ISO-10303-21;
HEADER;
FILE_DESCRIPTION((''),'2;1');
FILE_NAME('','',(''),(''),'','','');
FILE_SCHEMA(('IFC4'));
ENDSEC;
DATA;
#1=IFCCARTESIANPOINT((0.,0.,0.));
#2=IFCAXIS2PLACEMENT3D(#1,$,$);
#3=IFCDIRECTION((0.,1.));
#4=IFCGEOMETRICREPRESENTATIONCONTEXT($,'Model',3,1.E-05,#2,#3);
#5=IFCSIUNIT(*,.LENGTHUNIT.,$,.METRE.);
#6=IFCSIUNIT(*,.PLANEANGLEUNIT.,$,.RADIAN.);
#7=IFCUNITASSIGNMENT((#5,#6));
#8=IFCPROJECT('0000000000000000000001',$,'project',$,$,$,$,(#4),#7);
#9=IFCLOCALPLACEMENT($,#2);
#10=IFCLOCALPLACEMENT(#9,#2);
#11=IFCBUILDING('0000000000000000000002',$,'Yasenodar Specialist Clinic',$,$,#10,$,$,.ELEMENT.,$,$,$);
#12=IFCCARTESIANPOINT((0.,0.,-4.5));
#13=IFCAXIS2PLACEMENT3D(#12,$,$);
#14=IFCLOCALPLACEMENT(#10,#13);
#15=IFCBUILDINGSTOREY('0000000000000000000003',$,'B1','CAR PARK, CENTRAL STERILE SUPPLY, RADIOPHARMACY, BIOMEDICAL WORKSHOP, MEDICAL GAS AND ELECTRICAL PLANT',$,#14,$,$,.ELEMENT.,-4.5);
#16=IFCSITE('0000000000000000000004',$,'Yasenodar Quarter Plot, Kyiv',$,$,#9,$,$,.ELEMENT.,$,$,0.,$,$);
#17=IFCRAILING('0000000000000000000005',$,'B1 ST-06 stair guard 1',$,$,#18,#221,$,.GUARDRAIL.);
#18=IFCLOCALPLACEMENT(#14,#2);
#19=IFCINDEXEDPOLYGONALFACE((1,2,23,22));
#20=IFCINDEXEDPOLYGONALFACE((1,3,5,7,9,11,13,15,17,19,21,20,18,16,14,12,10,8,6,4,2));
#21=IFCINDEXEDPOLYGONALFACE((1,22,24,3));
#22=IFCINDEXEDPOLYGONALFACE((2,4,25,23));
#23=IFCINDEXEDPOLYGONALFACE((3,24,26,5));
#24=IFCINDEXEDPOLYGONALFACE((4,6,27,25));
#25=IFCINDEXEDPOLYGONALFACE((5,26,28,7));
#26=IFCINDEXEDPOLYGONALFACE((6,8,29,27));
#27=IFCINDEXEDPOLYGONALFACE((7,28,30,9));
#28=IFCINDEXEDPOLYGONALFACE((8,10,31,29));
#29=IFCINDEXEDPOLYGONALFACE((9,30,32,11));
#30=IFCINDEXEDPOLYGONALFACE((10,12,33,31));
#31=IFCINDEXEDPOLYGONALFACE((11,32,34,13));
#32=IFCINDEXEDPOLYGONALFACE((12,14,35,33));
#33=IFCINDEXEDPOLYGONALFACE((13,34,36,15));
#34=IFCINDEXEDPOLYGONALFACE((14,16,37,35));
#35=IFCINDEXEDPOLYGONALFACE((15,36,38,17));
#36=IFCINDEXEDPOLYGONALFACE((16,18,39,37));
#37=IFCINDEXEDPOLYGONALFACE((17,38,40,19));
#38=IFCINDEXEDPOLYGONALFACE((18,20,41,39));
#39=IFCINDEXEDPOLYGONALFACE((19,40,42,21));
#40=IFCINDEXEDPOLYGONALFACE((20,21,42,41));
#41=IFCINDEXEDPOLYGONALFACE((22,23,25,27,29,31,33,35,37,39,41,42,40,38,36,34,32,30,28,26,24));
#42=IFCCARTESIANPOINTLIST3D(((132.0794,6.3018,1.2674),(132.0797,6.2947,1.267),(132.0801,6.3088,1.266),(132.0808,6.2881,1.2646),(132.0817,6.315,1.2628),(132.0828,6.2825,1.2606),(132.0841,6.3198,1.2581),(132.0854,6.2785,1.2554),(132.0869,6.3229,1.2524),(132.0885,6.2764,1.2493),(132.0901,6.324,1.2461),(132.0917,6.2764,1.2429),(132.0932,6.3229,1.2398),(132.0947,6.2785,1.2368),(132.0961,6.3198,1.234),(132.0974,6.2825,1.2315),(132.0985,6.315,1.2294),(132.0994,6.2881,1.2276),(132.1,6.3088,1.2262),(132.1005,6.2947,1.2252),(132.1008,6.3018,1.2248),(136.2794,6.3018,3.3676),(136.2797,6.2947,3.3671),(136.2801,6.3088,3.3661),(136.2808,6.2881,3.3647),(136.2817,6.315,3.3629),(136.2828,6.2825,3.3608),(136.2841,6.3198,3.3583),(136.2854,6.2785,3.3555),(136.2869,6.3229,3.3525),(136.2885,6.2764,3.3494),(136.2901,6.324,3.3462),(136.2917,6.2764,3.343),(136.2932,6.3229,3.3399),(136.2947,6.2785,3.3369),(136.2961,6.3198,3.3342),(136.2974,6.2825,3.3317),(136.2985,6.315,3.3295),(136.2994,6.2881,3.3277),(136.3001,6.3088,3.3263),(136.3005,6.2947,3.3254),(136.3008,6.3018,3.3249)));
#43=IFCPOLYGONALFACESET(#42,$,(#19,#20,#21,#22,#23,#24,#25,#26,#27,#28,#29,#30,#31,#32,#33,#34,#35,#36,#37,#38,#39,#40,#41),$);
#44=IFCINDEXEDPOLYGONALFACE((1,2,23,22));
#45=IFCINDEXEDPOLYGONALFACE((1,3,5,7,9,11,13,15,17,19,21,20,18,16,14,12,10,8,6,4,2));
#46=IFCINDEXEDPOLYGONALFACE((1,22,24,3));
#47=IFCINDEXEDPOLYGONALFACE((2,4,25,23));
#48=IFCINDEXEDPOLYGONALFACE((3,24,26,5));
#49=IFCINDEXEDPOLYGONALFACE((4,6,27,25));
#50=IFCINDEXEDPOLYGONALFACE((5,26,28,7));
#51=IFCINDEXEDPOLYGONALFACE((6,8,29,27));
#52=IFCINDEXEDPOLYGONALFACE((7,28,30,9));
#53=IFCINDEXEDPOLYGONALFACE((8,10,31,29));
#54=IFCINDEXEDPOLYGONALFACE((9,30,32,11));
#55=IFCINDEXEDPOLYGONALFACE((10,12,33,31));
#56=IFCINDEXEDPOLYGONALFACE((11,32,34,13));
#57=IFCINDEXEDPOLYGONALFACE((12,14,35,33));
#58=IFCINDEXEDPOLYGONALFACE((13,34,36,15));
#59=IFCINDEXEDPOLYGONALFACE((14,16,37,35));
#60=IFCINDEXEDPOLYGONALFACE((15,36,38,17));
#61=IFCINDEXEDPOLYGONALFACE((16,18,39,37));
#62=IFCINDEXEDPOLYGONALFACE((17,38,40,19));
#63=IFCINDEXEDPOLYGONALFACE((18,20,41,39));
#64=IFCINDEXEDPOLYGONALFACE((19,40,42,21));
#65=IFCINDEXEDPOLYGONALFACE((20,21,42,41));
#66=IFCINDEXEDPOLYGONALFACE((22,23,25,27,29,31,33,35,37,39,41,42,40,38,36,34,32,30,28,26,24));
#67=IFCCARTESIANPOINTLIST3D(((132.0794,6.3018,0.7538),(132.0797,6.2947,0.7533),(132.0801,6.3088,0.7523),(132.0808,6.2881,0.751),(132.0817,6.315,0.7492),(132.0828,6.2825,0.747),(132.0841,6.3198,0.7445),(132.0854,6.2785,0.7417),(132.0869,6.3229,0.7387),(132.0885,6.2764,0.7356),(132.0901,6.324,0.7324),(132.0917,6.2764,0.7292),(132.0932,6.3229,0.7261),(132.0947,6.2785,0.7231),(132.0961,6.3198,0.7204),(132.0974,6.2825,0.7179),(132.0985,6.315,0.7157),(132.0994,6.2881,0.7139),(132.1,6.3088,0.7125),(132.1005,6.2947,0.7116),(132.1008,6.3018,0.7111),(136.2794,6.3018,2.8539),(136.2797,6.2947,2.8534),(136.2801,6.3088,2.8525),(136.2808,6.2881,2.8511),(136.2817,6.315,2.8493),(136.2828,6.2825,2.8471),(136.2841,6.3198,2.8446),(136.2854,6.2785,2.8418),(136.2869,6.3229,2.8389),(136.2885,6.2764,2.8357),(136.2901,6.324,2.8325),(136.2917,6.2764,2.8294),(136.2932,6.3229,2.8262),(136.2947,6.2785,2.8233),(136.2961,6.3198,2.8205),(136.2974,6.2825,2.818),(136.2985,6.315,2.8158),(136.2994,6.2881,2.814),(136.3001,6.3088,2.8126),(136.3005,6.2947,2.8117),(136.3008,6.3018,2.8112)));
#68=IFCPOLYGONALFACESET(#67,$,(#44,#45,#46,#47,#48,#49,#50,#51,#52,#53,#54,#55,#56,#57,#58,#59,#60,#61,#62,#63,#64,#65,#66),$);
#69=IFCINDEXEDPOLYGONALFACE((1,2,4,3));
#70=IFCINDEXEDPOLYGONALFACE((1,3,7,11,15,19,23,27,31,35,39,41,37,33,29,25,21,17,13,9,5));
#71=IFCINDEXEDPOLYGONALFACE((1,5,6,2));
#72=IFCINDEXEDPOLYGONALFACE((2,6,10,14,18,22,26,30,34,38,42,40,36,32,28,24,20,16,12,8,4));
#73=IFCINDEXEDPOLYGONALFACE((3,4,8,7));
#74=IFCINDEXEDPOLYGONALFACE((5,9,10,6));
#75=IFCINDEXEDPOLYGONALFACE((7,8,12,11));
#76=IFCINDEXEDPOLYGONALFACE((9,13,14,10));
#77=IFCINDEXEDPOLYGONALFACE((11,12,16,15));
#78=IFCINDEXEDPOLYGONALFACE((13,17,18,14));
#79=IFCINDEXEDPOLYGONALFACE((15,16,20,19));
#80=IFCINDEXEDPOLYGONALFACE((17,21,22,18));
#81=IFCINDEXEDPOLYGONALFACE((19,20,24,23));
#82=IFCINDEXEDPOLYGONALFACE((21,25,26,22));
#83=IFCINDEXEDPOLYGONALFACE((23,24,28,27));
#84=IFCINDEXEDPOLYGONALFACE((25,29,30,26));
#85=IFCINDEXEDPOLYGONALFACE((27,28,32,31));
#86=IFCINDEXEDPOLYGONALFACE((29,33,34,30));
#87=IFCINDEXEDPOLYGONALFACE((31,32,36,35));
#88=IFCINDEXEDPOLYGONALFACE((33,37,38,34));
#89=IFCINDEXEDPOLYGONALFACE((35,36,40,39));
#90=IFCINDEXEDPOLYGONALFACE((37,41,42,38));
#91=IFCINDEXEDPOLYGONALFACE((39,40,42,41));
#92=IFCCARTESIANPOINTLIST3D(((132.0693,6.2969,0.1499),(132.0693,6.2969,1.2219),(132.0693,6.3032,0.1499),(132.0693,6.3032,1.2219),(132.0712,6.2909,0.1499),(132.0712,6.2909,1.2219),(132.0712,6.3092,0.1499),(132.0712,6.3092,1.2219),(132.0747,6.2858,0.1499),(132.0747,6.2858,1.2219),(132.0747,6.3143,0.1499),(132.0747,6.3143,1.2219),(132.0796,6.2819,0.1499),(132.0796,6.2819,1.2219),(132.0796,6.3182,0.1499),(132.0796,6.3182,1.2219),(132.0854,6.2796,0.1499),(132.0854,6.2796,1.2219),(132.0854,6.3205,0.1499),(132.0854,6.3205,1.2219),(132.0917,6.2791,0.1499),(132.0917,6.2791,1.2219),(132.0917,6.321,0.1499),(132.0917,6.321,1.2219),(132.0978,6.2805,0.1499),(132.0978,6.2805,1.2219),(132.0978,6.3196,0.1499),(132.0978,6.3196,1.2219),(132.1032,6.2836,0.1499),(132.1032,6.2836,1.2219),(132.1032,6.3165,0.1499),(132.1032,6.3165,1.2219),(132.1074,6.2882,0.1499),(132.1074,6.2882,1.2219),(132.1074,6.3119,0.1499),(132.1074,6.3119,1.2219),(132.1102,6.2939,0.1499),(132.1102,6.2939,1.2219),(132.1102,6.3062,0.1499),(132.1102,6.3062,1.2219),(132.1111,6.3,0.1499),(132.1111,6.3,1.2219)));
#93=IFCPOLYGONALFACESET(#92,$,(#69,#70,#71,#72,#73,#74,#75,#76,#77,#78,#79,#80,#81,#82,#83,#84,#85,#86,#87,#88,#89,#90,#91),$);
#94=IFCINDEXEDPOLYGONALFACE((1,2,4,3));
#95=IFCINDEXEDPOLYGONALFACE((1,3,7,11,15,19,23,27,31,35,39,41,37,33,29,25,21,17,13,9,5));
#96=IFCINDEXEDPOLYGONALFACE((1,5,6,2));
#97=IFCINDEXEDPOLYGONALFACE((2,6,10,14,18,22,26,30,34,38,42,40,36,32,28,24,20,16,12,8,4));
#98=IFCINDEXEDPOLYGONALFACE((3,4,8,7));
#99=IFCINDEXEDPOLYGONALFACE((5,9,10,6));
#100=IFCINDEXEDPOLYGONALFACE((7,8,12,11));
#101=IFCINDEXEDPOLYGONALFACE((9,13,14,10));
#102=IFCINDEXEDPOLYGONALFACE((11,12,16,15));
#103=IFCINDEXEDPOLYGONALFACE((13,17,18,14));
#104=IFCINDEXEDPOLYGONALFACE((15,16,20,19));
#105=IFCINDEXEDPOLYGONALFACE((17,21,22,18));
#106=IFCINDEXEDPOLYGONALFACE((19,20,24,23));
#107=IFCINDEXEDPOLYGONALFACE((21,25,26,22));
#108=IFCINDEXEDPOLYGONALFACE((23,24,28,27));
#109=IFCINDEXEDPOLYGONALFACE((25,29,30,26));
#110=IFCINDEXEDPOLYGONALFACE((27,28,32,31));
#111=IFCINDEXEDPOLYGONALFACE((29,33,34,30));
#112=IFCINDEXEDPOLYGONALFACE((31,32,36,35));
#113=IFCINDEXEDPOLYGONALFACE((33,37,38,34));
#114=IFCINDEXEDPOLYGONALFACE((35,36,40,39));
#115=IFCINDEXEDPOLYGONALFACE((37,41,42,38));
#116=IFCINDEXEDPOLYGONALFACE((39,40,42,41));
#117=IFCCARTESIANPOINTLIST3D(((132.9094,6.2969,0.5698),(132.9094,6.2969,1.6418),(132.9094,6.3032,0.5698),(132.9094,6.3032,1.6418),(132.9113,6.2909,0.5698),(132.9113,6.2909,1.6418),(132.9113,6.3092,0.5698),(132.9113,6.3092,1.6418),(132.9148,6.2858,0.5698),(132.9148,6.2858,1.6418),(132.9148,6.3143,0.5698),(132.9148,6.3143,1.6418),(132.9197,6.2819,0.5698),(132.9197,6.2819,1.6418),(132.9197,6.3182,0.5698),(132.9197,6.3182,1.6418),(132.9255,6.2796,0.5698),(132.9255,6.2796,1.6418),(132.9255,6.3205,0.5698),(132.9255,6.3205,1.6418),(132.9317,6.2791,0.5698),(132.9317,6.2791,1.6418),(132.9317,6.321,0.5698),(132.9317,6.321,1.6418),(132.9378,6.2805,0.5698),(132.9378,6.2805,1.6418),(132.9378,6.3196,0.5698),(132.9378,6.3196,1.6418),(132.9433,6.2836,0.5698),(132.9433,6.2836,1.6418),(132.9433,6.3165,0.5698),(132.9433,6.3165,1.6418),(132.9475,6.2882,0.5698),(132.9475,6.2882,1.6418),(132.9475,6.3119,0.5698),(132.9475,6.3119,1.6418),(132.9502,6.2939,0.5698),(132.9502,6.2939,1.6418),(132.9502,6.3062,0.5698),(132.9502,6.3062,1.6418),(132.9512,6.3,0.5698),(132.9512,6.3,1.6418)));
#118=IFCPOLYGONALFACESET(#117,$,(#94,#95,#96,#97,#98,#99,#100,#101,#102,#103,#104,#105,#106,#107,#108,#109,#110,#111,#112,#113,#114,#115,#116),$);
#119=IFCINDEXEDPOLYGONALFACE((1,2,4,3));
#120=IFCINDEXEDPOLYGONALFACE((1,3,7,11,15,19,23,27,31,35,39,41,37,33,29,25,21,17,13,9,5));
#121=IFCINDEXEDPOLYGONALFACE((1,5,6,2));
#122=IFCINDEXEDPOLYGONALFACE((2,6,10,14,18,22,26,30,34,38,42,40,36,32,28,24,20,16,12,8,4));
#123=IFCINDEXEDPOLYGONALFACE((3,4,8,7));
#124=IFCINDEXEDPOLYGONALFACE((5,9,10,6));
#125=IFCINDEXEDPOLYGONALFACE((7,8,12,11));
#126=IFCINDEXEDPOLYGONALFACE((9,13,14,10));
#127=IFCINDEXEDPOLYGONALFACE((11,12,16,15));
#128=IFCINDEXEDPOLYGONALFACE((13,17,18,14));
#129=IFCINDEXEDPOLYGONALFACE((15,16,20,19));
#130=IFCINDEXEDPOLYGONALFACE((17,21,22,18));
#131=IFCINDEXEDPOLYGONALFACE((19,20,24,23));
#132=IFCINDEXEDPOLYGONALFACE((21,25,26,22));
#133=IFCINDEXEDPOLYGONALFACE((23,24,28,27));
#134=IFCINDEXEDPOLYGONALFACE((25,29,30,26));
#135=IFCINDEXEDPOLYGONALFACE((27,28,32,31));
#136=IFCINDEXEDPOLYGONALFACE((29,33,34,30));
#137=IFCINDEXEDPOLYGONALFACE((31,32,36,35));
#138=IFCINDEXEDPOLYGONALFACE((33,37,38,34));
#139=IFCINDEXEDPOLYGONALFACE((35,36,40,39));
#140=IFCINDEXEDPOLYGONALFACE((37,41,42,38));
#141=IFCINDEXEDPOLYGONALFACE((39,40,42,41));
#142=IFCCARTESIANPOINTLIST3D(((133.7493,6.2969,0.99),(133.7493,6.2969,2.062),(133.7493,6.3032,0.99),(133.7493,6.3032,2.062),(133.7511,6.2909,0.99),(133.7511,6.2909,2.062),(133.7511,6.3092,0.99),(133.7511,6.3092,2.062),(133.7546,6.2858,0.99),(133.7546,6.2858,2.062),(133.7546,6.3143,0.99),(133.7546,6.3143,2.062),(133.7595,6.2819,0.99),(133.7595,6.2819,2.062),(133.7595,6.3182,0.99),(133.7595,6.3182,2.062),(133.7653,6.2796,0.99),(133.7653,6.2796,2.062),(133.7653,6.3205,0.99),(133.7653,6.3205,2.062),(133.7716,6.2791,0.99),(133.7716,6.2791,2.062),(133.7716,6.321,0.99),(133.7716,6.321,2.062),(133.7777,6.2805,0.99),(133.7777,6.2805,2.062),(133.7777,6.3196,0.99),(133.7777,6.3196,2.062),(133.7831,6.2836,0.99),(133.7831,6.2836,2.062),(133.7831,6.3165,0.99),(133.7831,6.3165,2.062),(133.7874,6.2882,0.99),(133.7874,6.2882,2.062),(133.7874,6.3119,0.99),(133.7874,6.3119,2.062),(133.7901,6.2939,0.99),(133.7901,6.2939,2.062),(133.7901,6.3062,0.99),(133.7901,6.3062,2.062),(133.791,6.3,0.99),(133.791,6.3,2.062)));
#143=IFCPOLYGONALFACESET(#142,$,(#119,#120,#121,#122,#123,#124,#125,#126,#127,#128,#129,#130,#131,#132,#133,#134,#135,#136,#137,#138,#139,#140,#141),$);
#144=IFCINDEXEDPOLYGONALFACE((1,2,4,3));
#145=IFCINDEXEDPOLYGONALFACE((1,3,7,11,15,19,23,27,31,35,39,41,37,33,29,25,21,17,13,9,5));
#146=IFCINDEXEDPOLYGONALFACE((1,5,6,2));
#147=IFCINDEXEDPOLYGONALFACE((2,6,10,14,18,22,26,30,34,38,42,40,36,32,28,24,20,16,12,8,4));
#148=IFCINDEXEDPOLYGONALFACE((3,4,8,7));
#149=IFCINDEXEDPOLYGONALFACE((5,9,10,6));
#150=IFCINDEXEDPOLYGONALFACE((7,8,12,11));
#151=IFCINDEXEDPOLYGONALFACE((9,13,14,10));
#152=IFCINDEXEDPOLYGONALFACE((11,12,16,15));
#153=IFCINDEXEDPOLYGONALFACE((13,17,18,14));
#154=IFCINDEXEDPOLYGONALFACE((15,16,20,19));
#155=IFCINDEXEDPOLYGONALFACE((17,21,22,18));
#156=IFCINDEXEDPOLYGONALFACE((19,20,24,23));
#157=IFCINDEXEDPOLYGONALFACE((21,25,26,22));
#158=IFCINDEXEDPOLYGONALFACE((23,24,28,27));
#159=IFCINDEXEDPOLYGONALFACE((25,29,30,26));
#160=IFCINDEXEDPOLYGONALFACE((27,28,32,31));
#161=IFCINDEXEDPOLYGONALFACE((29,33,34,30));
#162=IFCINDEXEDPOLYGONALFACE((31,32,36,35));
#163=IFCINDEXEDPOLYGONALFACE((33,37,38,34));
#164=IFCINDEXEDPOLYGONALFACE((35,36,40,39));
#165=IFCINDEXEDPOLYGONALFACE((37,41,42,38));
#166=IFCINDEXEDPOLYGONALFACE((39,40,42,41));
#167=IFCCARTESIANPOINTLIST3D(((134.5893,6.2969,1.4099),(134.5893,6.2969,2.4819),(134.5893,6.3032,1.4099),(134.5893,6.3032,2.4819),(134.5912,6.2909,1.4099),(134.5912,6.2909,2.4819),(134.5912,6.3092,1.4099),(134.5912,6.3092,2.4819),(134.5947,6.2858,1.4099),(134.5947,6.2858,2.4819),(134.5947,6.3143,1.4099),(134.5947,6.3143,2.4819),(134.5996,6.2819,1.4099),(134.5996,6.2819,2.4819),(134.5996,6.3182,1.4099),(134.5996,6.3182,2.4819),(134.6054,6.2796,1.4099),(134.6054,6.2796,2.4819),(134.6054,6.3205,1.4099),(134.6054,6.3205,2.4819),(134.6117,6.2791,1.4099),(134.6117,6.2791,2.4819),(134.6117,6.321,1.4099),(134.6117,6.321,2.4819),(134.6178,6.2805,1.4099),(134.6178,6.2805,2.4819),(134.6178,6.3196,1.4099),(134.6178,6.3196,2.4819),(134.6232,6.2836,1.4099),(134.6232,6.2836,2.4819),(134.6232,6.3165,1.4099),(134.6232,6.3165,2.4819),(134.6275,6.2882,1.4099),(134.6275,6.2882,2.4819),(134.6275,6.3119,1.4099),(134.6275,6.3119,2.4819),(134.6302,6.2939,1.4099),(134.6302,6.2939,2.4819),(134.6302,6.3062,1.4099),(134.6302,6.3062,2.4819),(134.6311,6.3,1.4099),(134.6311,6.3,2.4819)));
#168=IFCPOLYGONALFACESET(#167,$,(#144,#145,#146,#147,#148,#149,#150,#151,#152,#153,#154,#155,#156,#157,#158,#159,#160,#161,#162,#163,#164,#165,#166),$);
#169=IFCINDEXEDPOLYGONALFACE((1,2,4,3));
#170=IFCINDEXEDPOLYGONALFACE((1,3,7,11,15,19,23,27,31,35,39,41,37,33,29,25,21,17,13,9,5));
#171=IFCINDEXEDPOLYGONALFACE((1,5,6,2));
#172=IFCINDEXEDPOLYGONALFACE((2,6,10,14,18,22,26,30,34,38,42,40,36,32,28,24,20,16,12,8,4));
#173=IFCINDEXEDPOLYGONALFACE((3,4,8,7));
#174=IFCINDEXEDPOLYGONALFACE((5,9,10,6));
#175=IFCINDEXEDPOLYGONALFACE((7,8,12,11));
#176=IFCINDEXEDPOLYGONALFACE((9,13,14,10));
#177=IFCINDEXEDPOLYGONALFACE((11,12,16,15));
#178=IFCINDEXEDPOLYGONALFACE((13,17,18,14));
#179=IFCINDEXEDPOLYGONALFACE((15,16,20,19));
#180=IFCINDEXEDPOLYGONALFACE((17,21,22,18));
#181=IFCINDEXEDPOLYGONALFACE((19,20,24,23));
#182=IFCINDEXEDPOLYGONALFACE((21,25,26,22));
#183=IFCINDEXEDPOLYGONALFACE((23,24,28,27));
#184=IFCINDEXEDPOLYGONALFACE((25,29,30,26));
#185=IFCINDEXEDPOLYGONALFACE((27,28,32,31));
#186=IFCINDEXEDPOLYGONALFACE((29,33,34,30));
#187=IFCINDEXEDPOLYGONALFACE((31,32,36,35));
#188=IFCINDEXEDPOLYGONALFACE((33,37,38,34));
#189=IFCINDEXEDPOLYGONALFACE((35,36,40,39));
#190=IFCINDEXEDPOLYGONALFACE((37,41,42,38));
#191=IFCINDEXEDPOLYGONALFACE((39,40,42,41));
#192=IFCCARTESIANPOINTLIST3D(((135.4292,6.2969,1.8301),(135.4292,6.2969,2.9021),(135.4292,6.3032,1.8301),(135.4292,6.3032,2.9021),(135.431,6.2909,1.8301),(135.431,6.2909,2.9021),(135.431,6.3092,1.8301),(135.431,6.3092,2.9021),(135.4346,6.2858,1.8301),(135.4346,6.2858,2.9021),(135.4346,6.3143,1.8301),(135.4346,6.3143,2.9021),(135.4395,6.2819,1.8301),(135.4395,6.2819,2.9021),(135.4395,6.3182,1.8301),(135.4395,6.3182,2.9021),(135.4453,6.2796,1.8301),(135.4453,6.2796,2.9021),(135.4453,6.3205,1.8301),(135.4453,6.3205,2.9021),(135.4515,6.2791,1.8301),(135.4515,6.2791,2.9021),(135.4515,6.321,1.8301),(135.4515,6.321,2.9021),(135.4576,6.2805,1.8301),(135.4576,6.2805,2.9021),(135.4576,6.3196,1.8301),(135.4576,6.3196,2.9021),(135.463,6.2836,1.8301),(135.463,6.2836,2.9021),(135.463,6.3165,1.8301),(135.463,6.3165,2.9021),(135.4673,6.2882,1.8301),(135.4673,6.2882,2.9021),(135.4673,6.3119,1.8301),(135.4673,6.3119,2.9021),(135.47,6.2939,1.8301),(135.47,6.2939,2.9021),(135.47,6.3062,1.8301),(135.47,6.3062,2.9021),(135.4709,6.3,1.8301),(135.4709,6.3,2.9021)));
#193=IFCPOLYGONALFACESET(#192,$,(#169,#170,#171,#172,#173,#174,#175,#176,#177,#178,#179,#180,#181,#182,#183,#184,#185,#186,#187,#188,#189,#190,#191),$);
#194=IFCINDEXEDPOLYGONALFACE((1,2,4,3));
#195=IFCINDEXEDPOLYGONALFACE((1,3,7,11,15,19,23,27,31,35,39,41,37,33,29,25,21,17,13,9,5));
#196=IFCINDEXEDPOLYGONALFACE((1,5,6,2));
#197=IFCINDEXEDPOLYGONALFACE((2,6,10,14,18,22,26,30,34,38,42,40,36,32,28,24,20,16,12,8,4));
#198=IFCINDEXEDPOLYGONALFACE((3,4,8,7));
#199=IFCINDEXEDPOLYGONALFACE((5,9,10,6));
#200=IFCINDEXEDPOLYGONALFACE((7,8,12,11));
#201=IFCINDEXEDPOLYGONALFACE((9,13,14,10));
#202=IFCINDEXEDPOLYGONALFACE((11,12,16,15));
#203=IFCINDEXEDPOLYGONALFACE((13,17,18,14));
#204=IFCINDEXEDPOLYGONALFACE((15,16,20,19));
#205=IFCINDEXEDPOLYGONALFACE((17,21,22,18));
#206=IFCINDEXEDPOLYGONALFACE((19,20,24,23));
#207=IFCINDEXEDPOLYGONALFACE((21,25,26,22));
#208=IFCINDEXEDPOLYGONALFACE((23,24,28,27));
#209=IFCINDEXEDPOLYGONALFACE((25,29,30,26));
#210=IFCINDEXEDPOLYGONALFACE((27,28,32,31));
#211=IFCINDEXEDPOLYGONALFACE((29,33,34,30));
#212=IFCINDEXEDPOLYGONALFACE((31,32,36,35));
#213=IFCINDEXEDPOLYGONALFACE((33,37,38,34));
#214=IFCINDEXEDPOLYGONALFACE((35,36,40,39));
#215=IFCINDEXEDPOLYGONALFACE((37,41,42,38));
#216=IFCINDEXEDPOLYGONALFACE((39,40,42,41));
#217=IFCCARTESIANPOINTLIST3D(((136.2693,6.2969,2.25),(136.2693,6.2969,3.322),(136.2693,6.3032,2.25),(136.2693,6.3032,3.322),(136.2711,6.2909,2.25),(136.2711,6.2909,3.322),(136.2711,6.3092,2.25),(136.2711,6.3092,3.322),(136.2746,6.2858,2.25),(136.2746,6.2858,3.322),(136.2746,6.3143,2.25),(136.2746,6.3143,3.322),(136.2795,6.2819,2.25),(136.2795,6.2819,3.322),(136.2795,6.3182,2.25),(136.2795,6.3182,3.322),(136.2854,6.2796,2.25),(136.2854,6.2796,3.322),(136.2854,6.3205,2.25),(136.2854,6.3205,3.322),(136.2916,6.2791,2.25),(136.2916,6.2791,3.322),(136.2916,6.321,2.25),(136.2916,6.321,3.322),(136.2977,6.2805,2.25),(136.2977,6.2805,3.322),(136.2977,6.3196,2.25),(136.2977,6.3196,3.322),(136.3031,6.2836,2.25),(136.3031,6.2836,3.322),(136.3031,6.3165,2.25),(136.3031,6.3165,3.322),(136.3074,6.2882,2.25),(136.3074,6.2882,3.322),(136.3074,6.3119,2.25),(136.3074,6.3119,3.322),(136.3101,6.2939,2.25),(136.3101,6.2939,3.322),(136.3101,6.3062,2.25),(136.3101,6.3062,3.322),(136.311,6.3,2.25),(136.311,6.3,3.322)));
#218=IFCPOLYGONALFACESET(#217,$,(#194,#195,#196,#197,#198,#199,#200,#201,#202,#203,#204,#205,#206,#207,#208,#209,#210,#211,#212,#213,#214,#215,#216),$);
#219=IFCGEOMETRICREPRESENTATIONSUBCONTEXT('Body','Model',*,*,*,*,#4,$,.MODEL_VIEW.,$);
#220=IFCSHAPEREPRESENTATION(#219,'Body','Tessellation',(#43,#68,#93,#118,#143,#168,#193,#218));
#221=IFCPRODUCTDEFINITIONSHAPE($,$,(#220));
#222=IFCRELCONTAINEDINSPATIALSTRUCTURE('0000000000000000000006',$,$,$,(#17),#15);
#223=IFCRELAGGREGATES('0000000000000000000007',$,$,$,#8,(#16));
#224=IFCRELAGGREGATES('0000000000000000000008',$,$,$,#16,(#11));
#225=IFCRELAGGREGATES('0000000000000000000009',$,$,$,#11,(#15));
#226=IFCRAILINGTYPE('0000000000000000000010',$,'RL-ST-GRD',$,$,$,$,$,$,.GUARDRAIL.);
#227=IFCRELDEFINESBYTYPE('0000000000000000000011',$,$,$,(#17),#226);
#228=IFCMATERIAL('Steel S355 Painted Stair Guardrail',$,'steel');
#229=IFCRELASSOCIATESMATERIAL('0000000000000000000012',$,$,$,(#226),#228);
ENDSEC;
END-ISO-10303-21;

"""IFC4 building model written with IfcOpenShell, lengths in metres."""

from ifc_helpers import new_model, si_unit, direction, frame, origin, origin_2d, place, context, subcontext, project, spatial, circle, extrude, material, type_object, element, save


model = new_model("IFC4")

# Units and contexts
model_context = context("Model", 3, precision=1e-05, world=origin(), true_north=direction((0.0, 1.0)))
body_context = subcontext(model_context, "Body", "Model", "MODEL_VIEW")
ifc_project = project(units=[si_unit("LENGTHUNIT", "METRE"), si_unit("PLANEANGLEUNIT", "RADIAN")], contexts=[model_context])

# Site, building, storey
site_placement = place(None, origin())
site = spatial("IfcSite", under=ifc_project, at=site_placement, Name="Yasenodar Quarter Plot, Kyiv", CompositionType="ELEMENT", RefElevation=0.0)
building_placement = place(site_placement, origin())
building = spatial("IfcBuilding", under=site, at=building_placement, Name="Yasenodar Specialist Clinic", CompositionType="ELEMENT")
storey_placement = place(building_placement, frame((0.0, 0.0, -4.5)))
storey = spatial("IfcBuildingStorey", under=building, at=storey_placement, Name="B1", Description="CAR PARK, CENTRAL STERILE SUPPLY, RADIOPHARMACY, BIOMEDICAL WORKSHOP, MEDICAL GAS AND ELECTRICAL PLANT", CompositionType="ELEMENT", Elevation=-4.5)

# Railing
ifc_material_1 = material(Name="Steel S355 Painted Stair Guardrail", Category="steel")
railing_type_1 = type_object("IfcRailingType", Name="RL-ST-GRD", PredefinedType="GUARDRAIL", material=ifc_material_1)
railing_1_placement = place(storey_placement, frame((132.0901, 6.3, 0.1499)))
element("IfcRailing", 1, at=railing_1_placement, inside=storey, type_object=railing_type_1, Name="B1 ST-06 stair guard 1", PredefinedType="GUARDRAIL", context=body_context, shape_type="SweptSolid", body=[
    extrude(circle(Radius=0.0239, at=origin_2d()), frame((0.0, 0.0, 1.0962), z_axis=(0.894417, 0.0, 0.447234), x_axis=(0.0, 1.0, 0.0)), (0.0, 0.0, 1.0), 4.6958),
    extrude(circle(Radius=0.0239, at=origin_2d()), frame((0.0, 0.0, 0.5825), z_axis=(0.894417, 0.0, 0.447234), x_axis=(0.0, 1.0, 0.0)), (0.0, 0.0, 1.0), 4.6958),
    extrude(circle(Radius=0.021, at=origin_2d()), origin(), (0.0, 0.0, 1.0), 1.072),
    extrude(circle(Radius=0.021, at=origin_2d()), frame((0.8401, 0.0, 0.4199)), (0.0, 0.0, 1.0), 1.072),
    extrude(circle(Radius=0.021, at=origin_2d()), frame((1.6799, 0.0, 0.8401)), (0.0, 0.0, 1.0), 1.072),
    extrude(circle(Radius=0.021, at=origin_2d()), frame((2.52, 0.0, 1.26)), (0.0, 0.0, 1.0), 1.072),
    extrude(circle(Radius=0.021, at=origin_2d()), frame((3.3599, 0.0, 1.6802)), (0.0, 0.0, 1.0), 1.072),
    extrude(circle(Radius=0.021, at=origin_2d()), frame((4.2, 0.0, 2.1001)), (0.0, 0.0, 1.0), 1.072),
])

save(model, "model.ifc")
